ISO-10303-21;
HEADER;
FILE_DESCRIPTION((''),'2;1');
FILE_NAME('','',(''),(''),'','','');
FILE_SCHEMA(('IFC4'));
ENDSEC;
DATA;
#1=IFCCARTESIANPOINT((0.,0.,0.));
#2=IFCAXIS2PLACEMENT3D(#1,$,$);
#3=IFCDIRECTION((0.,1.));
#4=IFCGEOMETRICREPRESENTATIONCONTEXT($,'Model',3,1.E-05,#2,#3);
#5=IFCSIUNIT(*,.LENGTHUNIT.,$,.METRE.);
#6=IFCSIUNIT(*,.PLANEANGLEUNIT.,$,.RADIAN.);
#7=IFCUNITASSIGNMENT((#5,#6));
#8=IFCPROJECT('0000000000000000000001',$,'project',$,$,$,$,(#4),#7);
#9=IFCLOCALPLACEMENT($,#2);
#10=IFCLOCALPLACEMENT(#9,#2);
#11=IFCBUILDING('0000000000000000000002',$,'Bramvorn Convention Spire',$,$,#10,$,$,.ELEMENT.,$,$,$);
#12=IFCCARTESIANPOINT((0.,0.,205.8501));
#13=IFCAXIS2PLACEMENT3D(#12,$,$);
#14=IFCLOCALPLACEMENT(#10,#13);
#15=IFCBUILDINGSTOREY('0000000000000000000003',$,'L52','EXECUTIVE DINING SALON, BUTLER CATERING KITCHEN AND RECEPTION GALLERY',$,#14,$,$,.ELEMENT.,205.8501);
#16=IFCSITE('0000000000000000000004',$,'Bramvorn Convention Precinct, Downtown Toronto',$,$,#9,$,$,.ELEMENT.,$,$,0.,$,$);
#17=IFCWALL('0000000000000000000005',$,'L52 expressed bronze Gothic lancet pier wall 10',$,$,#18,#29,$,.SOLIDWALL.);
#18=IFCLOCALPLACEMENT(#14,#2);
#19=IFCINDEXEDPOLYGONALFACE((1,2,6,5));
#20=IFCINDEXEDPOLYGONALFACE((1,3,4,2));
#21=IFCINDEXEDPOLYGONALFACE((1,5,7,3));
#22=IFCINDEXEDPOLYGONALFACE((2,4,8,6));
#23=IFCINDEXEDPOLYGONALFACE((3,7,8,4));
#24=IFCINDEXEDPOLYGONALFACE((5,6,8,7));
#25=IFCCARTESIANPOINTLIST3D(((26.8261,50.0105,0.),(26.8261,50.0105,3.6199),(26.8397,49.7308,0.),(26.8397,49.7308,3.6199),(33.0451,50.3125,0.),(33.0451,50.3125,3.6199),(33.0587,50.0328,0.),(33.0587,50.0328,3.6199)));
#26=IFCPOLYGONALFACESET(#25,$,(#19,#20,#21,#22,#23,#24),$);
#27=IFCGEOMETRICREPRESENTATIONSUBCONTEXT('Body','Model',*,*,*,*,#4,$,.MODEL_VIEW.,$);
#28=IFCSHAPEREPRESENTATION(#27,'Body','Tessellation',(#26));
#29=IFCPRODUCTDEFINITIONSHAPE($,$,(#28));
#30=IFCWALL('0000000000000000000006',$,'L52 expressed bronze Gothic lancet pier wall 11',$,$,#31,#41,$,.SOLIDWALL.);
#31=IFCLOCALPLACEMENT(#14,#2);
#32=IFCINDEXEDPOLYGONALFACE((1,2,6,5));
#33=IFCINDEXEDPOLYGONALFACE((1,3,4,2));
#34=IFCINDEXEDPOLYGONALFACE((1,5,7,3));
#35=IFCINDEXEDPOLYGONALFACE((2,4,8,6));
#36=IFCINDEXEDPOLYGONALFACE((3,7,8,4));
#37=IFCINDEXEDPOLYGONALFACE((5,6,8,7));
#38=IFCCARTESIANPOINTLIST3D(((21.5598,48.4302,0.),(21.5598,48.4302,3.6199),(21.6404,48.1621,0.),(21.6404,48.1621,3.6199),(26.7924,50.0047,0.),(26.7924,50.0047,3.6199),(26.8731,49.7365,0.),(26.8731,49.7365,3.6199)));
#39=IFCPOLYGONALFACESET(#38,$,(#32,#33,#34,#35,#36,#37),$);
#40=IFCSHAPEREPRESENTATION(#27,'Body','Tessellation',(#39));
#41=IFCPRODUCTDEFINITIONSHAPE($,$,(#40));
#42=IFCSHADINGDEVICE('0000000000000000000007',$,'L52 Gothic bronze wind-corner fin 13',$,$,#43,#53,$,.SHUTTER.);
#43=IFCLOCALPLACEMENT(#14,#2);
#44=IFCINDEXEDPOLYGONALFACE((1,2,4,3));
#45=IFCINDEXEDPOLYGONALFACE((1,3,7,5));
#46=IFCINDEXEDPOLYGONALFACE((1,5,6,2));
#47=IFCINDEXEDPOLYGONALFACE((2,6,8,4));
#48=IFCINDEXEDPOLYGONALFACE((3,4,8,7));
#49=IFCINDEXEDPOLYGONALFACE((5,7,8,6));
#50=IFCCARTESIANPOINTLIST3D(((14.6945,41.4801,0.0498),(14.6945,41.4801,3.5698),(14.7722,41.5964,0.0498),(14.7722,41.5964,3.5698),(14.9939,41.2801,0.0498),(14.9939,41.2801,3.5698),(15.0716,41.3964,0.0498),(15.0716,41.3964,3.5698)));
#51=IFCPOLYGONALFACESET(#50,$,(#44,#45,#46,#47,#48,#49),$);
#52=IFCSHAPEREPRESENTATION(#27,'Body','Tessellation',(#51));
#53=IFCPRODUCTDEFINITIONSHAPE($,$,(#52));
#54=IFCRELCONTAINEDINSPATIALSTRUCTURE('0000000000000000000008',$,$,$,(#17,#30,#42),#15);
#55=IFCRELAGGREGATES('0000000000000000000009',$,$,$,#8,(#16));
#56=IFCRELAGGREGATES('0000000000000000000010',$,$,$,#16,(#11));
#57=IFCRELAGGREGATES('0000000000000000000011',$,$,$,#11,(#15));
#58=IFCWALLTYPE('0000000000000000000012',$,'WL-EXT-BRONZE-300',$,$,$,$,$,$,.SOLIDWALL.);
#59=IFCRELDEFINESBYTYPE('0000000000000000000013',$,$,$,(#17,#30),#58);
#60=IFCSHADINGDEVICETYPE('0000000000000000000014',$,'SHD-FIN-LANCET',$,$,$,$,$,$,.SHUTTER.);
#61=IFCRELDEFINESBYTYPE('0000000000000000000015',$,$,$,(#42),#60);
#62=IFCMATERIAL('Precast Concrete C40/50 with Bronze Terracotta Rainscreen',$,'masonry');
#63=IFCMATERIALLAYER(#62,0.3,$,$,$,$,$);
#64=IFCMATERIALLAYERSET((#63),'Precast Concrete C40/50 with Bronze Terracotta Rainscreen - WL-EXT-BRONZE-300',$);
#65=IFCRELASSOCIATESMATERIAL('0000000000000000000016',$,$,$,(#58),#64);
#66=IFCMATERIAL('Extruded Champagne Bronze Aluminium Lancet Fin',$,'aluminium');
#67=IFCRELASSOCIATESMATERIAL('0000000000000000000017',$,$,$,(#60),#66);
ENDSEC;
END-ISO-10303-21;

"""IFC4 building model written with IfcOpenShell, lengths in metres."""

from ifc_helpers import new_model, si_unit, direction, frame, frame_2d, origin, origin_2d, place, context, subcontext, project, spatial, rectangle, extrude, material, layer, layer_set, type_object, element, save


model = new_model("IFC4")

# Units and contexts
model_context = context("Model", 3, precision=1e-05, world=origin(), true_north=direction((0.0, 1.0)))
body_context = subcontext(model_context, "Body", "Model", "MODEL_VIEW")
ifc_project = project(units=[si_unit("LENGTHUNIT", "METRE"), si_unit("PLANEANGLEUNIT", "RADIAN")], contexts=[model_context])

# Site, building, storey
site_placement = place(None, origin())
site = spatial("IfcSite", under=ifc_project, at=site_placement, Name="Bramvorn Convention Precinct, Downtown Toronto", CompositionType="ELEMENT", RefElevation=0.0)
building_placement = place(site_placement, origin())
building = spatial("IfcBuilding", under=site, at=building_placement, Name="Bramvorn Convention Spire", CompositionType="ELEMENT")
storey_placement = place(building_placement, frame((0.0, 0.0, 205.8501)))
storey = spatial("IfcBuildingStorey", under=building, at=storey_placement, Name="L52", Description="EXECUTIVE DINING SALON, BUTLER CATERING KITCHEN AND RECEPTION GALLERY", CompositionType="ELEMENT", Elevation=205.8501)

# Walls
ifc_material_1 = material(Name="Precast Concrete C40/50 with Bronze Terracotta Rainscreen", Category="masonry")
ifc_layer_1 = layer(ifc_material_1, 0.3)
ifc_layer_set_1 = layer_set([ifc_layer_1], Name="Precast Concrete C40/50 with Bronze Terracotta Rainscreen - WL-EXT-BRONZE-300")
wall_type = type_object("IfcWallType", Name="WL-EXT-BRONZE-300", PredefinedType="SOLIDWALL", material=ifc_layer_set_1)
wall_1_placement = place(storey_placement, frame((26.8328, 49.8706, 0.0), z_axis=(0.0, 0.0, 1.0), x_axis=(0.998823, 0.048504, 0.0)))
element("IfcWall", 1, at=wall_1_placement, inside=storey, type_object=wall_type, Name="L52 expressed bronze Gothic lancet pier wall 10", PredefinedType="SOLIDWALL", context=body_context, shape_type="SweptSolid", body=[
    extrude(rectangle(XDim=6.2263, YDim=0.28, at=frame_2d((3.1133, 0.0))), origin(), (0.0, 0.0, 1.0), 3.6199),
])
wall_2_placement = place(storey_placement, frame((21.6001, 48.2961, 0.0), z_axis=(0.0, 0.0, 1.0), x_axis=(0.957591, 0.288131, 0.0)))
element("IfcWall", 2, at=wall_2_placement, inside=storey, type_object=wall_type, Name="L52 expressed bronze Gothic lancet pier wall 11", PredefinedType="SOLIDWALL", context=body_context, shape_type="SweptSolid", body=[
    extrude(rectangle(XDim=5.4644, YDim=0.28, at=frame_2d((2.7322, 0.0))), origin(), (0.0, 0.0, 1.0), 3.6199),
])

# Shading device
ifc_material_2 = material(Name="Extruded Champagne Bronze Aluminium Lancet Fin", Category="aluminium")
shading_device_type = type_object("IfcShadingDeviceType", Name="SHD-FIN-LANCET", PredefinedType="SHUTTER", material=ifc_material_2)
shading_device_placement = place(storey_placement, frame((14.8831, 41.4382, 0.0498), z_axis=(0.0, 0.0, 1.0), x_axis=(-0.8316, 0.555375, 0.0)))
element("IfcShadingDevice", 3, at=shading_device_placement, inside=storey, type_object=shading_device_type, Name="L52 Gothic bronze wind-corner fin 13", PredefinedType="SHUTTER", context=body_context, shape_type="SweptSolid", body=[
    extrude(rectangle(XDim=0.3601, YDim=0.1399, at=origin_2d()), origin(), (0.0, 0.0, 1.0), 3.52),
])

save(model, "model.ifc")
